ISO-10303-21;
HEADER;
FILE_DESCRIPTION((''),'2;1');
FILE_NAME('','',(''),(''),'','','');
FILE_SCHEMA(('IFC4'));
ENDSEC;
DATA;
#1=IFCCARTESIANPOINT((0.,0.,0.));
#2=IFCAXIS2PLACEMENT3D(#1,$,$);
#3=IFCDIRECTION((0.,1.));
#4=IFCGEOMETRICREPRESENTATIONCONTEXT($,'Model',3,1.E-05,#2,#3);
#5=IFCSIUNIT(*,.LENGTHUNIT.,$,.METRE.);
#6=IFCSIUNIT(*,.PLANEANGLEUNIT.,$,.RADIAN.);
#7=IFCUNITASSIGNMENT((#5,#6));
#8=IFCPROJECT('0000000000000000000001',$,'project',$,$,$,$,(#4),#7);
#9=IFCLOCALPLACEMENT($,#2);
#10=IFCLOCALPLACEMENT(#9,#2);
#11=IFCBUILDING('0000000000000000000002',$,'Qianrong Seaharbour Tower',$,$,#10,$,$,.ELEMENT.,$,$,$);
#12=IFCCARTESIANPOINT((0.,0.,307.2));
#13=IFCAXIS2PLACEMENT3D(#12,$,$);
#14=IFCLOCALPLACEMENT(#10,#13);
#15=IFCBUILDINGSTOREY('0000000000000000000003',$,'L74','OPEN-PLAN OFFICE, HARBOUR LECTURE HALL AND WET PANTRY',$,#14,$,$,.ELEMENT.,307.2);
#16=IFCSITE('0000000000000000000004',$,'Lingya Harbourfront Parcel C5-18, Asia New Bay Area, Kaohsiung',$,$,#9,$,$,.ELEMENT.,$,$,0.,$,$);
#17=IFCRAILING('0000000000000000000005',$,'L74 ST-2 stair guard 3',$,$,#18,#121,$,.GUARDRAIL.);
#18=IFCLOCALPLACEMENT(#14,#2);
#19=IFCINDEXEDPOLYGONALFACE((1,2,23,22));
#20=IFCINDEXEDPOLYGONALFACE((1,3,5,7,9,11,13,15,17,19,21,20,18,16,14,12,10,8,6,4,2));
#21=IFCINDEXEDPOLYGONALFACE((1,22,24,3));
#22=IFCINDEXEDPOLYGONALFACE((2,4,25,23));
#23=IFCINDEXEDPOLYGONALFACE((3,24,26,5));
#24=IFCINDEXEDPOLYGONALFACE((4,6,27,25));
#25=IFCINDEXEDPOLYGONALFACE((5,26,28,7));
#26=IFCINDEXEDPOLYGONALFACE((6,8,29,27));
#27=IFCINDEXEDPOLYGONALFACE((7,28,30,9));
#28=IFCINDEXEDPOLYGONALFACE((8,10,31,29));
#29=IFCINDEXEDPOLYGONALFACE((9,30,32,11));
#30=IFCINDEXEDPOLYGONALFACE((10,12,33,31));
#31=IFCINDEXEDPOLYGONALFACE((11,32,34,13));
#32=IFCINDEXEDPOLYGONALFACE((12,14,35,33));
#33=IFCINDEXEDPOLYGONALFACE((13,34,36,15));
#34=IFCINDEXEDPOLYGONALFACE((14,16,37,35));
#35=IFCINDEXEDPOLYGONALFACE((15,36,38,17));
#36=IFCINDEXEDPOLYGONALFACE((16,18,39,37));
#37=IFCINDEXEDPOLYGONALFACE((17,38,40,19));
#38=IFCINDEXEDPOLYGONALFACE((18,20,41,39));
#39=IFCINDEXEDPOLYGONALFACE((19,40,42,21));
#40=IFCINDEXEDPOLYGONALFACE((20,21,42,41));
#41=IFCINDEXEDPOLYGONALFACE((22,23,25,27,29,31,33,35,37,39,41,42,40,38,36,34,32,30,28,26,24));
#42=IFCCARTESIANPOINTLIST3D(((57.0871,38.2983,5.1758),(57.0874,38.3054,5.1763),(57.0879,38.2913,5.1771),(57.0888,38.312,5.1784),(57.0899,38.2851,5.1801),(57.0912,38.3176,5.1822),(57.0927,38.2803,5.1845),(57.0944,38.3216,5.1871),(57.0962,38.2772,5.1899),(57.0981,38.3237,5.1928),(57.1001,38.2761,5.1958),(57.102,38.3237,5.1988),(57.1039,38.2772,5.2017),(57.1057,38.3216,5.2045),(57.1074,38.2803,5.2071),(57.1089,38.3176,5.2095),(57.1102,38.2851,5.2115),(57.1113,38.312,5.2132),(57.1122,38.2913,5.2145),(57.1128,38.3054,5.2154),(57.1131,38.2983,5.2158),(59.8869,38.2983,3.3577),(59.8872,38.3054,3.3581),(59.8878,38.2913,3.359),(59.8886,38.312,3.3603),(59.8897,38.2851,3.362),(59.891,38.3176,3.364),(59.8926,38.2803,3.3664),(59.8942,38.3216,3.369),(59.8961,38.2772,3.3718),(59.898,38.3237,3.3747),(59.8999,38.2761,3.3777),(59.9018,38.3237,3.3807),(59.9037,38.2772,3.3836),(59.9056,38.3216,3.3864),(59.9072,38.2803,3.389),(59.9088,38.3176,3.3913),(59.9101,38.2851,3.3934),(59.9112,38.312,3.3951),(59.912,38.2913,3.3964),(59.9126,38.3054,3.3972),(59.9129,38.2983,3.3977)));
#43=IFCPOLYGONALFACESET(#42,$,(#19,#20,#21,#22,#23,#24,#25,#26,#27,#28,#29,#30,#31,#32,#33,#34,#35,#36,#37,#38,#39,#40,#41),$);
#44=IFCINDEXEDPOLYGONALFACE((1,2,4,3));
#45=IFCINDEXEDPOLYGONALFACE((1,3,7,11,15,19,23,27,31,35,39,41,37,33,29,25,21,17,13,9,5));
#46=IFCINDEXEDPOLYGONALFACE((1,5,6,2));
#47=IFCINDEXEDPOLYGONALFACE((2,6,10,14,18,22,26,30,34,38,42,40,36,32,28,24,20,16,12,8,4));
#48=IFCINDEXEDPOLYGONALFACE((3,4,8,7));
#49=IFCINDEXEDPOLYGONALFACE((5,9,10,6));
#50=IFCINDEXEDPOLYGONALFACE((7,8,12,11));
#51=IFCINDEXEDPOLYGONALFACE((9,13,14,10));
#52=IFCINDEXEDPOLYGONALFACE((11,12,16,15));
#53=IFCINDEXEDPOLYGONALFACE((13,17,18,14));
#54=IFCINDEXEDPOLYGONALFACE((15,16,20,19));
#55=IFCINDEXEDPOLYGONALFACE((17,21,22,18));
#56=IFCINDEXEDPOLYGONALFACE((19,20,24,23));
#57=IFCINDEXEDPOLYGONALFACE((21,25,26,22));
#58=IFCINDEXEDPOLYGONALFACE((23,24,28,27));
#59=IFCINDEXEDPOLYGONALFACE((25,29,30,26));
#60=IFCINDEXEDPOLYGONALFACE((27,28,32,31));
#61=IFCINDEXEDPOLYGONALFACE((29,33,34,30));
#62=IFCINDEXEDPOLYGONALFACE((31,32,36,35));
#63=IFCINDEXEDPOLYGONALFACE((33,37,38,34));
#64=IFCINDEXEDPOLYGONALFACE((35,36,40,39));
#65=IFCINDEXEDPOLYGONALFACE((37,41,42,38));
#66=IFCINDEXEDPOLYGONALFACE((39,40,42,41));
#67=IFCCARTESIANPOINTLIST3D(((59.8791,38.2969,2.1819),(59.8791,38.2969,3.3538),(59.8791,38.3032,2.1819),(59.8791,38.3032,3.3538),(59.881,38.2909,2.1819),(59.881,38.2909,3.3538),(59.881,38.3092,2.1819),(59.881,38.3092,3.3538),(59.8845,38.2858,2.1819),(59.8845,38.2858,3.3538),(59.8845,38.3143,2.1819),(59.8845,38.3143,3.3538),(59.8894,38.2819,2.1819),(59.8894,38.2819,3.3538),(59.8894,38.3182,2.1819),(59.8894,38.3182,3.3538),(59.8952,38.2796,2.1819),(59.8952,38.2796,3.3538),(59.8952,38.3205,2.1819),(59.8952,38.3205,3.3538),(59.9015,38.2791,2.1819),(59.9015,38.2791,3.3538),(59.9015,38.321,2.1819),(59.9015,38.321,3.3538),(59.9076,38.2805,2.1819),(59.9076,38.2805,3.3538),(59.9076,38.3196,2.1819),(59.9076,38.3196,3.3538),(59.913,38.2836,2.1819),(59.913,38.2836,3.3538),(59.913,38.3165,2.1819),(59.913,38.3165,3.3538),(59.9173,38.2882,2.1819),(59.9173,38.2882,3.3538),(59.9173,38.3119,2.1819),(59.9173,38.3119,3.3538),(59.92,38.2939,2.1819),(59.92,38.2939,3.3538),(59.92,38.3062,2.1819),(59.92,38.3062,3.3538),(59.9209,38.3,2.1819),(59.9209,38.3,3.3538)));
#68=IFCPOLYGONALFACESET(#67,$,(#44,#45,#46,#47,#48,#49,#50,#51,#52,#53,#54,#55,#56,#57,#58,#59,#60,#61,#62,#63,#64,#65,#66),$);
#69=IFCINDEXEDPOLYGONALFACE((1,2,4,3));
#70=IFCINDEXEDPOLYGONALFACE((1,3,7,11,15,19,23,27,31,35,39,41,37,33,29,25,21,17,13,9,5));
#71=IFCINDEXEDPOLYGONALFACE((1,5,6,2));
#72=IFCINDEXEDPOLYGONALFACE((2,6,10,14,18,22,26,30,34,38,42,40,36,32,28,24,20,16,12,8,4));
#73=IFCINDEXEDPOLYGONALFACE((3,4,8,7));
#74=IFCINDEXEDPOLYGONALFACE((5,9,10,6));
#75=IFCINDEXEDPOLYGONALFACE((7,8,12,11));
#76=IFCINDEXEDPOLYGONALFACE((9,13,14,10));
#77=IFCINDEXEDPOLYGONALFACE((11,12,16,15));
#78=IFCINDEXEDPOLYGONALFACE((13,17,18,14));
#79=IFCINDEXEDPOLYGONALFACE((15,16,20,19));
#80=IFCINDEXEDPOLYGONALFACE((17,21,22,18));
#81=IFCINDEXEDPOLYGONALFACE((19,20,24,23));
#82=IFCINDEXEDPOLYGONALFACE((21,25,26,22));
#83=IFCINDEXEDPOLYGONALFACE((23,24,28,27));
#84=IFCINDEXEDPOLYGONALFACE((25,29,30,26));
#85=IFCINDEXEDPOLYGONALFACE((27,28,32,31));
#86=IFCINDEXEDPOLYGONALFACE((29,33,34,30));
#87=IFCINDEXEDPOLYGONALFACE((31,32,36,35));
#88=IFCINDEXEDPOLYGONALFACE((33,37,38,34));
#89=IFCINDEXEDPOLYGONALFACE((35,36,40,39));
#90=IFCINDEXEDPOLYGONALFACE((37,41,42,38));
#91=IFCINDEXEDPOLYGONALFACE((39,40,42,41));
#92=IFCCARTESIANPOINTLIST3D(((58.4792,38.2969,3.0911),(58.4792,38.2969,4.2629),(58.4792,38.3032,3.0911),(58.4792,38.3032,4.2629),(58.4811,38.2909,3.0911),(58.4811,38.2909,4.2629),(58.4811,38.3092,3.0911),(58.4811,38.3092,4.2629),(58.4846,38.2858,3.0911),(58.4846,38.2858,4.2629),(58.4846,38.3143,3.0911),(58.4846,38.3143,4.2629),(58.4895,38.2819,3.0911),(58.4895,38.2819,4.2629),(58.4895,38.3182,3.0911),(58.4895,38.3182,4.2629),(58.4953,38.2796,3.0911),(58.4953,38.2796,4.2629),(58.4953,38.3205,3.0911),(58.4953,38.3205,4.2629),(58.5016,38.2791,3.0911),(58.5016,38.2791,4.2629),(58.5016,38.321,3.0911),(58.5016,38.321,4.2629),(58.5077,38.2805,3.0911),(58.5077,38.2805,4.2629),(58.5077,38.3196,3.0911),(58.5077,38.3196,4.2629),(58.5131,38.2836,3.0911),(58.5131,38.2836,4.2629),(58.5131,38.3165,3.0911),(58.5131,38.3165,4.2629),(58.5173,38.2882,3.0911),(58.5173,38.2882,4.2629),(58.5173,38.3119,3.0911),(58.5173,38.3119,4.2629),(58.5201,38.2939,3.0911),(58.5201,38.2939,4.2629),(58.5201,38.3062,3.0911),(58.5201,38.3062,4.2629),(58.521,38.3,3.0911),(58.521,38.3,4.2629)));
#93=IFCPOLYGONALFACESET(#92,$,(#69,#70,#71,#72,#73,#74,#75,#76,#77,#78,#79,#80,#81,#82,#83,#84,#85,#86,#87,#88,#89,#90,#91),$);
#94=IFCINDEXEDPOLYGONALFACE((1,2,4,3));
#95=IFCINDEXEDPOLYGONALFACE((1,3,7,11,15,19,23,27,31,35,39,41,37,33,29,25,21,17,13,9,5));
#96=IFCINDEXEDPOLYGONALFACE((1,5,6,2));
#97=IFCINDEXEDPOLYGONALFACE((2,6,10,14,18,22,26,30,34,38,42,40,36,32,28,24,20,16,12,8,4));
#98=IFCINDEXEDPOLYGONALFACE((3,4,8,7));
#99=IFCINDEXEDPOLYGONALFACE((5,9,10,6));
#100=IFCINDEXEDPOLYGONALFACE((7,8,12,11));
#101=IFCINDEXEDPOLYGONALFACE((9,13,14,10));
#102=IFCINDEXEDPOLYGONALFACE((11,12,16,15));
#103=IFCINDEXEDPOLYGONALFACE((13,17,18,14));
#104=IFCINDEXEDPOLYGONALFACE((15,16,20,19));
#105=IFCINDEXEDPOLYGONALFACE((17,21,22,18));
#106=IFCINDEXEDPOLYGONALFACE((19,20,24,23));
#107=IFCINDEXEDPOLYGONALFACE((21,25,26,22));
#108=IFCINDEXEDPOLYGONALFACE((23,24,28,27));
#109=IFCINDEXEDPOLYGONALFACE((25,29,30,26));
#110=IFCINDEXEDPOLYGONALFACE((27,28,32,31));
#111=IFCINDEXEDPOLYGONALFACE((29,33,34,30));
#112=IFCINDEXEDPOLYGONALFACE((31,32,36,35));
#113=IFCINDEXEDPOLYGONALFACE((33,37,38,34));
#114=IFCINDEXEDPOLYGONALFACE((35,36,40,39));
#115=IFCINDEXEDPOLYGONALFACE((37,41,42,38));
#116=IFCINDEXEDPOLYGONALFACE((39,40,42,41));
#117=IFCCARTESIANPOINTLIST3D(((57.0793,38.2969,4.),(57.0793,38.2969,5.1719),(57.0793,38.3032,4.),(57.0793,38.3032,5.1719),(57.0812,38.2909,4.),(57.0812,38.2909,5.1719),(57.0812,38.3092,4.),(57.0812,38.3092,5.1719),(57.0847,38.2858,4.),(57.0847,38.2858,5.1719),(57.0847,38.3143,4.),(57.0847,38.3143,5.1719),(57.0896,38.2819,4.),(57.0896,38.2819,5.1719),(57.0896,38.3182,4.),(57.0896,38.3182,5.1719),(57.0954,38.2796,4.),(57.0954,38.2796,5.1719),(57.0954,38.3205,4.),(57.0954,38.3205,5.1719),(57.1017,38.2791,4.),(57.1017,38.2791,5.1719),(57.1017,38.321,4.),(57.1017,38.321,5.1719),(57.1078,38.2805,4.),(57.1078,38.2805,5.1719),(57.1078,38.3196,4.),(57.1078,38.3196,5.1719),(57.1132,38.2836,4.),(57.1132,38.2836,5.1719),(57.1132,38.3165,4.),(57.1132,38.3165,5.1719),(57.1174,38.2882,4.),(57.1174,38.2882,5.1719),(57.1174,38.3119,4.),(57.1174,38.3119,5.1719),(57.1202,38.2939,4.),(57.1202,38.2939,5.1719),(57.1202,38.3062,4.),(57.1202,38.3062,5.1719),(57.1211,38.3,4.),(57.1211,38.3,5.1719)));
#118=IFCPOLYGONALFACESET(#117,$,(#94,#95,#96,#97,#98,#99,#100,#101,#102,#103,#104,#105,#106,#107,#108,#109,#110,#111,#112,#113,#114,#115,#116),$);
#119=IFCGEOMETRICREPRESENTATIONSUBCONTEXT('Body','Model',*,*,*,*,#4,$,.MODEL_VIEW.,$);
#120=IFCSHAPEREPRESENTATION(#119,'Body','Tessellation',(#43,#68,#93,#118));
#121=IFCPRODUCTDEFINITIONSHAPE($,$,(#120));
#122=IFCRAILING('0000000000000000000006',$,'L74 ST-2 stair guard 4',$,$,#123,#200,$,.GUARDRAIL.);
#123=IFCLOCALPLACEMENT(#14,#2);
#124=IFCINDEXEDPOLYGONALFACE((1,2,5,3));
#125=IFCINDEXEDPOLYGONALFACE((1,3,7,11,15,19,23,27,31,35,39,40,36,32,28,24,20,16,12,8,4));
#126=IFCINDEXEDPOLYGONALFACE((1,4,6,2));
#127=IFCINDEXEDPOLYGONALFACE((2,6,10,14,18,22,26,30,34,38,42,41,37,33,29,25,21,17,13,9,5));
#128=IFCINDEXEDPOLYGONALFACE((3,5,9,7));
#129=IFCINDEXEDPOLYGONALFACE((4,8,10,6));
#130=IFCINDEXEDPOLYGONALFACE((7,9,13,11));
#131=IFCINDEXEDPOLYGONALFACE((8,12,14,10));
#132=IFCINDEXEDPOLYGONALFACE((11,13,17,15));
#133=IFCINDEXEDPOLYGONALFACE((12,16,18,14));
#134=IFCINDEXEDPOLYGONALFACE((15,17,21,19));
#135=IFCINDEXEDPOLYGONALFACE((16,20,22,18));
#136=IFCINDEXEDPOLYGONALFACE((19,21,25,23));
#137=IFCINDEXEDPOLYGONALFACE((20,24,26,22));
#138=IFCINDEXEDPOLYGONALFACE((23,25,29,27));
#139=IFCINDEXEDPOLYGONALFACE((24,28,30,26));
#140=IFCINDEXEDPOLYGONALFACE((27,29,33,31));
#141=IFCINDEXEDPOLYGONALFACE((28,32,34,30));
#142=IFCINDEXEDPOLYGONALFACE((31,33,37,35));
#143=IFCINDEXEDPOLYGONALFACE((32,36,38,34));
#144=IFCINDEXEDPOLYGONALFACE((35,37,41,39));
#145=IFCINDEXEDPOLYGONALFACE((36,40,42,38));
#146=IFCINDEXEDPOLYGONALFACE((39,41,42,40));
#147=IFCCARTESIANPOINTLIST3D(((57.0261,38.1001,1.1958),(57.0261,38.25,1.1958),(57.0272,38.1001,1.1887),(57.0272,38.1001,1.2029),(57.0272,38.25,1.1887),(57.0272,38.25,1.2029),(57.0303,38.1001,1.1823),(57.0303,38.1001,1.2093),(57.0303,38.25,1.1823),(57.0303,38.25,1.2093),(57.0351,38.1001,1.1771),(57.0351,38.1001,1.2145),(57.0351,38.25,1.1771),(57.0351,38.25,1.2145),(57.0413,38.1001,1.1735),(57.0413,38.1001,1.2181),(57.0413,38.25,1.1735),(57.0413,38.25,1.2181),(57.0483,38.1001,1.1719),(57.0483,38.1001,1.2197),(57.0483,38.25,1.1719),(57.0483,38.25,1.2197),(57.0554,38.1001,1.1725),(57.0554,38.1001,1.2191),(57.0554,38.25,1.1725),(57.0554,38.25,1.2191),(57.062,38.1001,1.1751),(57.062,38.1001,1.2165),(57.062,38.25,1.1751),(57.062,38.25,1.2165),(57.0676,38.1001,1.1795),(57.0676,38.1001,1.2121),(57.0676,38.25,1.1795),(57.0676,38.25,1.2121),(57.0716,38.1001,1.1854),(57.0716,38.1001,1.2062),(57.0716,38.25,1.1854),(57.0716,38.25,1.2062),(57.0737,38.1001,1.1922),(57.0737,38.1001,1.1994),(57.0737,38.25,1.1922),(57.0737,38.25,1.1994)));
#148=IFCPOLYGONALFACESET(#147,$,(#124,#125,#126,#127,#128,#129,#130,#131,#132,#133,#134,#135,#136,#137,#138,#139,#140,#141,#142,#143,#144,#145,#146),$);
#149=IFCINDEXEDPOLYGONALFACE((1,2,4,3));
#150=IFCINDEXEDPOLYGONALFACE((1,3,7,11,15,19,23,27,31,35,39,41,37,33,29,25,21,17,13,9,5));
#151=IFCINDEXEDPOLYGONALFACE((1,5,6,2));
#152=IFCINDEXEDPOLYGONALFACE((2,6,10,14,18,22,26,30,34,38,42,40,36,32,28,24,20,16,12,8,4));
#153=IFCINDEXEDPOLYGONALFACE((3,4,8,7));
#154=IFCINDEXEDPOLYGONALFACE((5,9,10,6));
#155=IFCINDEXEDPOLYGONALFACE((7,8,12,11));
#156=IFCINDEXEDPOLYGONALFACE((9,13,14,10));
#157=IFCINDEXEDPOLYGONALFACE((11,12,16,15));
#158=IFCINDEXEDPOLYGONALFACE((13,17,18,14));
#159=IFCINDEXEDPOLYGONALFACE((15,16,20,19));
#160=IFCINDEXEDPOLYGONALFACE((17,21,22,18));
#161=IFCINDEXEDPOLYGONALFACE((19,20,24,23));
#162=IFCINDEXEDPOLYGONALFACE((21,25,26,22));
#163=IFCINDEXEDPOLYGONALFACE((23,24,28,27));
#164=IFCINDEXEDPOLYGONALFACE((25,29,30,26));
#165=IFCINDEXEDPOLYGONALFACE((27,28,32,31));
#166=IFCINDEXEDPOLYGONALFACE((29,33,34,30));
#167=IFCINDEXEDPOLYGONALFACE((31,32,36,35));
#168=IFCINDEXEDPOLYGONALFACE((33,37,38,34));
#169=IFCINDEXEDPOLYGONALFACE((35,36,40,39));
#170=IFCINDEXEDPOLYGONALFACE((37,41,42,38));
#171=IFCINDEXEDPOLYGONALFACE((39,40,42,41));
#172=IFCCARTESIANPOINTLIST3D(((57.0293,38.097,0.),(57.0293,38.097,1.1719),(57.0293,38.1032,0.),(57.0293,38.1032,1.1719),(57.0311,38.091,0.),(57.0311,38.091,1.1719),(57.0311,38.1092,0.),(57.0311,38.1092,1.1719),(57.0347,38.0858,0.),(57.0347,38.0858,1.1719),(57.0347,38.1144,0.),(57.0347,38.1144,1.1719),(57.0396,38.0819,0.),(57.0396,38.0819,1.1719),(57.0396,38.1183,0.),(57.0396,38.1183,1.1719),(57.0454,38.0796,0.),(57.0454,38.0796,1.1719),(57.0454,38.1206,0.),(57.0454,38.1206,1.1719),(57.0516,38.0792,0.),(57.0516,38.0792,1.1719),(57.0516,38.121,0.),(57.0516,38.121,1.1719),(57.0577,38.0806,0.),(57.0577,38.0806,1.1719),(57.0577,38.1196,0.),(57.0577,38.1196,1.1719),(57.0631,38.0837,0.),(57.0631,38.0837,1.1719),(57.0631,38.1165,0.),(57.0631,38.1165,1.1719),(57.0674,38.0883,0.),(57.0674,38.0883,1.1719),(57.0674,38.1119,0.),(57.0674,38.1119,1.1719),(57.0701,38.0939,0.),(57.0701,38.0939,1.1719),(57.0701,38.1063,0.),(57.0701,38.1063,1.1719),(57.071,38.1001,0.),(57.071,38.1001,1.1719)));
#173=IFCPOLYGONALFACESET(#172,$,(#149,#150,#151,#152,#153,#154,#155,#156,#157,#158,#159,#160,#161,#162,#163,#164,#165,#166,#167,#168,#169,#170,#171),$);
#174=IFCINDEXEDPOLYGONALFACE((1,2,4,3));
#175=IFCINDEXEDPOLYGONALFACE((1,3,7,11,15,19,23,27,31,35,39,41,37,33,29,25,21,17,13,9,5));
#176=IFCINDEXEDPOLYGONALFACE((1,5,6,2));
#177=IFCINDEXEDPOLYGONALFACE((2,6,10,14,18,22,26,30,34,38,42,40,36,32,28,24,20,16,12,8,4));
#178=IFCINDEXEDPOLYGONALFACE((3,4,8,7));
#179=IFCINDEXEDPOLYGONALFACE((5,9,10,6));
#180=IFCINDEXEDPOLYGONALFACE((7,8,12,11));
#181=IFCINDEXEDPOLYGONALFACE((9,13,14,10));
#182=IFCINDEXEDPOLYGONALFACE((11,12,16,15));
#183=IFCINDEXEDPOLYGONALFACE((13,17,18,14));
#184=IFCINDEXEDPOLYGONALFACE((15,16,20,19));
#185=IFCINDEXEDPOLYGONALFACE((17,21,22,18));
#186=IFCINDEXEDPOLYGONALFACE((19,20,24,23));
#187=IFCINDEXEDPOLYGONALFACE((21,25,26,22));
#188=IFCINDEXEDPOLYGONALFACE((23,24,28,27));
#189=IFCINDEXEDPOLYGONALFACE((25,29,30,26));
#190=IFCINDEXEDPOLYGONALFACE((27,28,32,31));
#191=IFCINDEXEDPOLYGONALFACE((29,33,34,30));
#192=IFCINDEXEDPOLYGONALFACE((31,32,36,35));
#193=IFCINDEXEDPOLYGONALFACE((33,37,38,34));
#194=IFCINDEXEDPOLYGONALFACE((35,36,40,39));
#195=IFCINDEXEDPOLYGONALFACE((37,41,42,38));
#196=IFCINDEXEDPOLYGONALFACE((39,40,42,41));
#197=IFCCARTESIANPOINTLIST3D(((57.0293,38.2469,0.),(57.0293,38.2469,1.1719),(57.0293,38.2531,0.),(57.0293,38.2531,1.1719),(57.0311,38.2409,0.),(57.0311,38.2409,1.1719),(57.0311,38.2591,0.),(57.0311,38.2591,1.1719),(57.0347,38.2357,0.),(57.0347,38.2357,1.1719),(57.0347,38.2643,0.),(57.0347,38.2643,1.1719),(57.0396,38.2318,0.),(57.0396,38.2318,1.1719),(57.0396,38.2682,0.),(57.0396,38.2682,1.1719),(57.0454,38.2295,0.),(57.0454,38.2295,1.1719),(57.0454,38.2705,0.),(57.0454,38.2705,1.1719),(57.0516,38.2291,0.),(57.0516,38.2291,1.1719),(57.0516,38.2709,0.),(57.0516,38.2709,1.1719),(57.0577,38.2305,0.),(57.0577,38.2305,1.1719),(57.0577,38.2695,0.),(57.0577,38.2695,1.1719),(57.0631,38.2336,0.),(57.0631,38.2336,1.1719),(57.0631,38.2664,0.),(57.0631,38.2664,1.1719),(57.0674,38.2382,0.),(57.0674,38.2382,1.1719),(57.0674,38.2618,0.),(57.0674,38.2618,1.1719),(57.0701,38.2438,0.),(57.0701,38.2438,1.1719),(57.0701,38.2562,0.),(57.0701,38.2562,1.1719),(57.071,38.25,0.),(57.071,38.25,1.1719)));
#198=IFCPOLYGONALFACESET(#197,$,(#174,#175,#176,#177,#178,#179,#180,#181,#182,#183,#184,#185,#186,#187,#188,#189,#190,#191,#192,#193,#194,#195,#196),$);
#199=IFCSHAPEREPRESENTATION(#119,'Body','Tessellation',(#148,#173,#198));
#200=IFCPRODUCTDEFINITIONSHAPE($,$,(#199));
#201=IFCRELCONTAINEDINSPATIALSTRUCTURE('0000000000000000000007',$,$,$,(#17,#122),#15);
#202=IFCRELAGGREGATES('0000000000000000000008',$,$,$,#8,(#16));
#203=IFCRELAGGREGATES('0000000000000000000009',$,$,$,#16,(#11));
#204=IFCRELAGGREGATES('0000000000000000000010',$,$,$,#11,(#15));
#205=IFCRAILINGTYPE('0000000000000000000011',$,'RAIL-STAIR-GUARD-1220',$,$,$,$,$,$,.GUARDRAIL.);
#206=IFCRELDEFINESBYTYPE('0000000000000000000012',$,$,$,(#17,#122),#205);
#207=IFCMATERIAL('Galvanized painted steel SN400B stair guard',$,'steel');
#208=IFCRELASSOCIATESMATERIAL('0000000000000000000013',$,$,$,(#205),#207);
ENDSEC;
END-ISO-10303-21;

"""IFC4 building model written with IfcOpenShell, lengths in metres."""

from ifc_helpers import new_model, si_unit, direction, frame, origin, origin_2d, place, context, subcontext, project, spatial, circle, extrude, material, type_object, element, save


model = new_model("IFC4")

# Units and contexts
model_context = context("Model", 3, precision=1e-05, world=origin(), true_north=direction((0.0, 1.0)))
body_context = subcontext(model_context, "Body", "Model", "MODEL_VIEW")
ifc_project = project(units=[si_unit("LENGTHUNIT", "METRE"), si_unit("PLANEANGLEUNIT", "RADIAN")], contexts=[model_context])

# Site, building, storey
site_placement = place(None, origin())
site = spatial("IfcSite", under=ifc_project, at=site_placement, Name="Lingya Harbourfront Parcel C5-18, Asia New Bay Area, Kaohsiung", CompositionType="ELEMENT", RefElevation=0.0)
building_placement = place(site_placement, origin())
building = spatial("IfcBuilding", under=site, at=building_placement, Name="Qianrong Seaharbour Tower", CompositionType="ELEMENT")
storey_placement = place(building_placement, frame((0.0, 0.0, 307.2)))
storey = spatial("IfcBuildingStorey", under=building, at=storey_placement, Name="L74", Description="OPEN-PLAN OFFICE, HARBOUR LECTURE HALL AND WET PANTRY", CompositionType="ELEMENT", Elevation=307.2)

# Railings
ifc_material_1 = material(Name="Galvanized painted steel SN400B stair guard", Category="steel")
railing_type_1 = type_object("IfcRailingType", Name="RAIL-STAIR-GUARD-1220", PredefinedType="GUARDRAIL", material=ifc_material_1)
railing_1_placement = place(storey_placement, frame((59.8999, 38.3, 2.1819)))
element("IfcRailing", 1, at=railing_1_placement, inside=storey, type_object=railing_type_1, Name="L74 ST-2 stair guard 3", PredefinedType="GUARDRAIL", context=body_context, shape_type="SweptSolid", body=[
    extrude(circle(Radius=0.0239, at=origin_2d()), frame((0.0, 0.0, 1.1958), z_axis=(-0.838684, 0.0, 0.544618), x_axis=(0.0, -1.0, 0.0)), (0.0, 0.0, 1.0), 3.3384),
    extrude(circle(Radius=0.021, at=origin_2d()), origin(), (0.0, 0.0, 1.0), 1.1719),
    extrude(circle(Radius=0.021, at=origin_2d()), frame((-1.3999, 0.0, 0.9092)), (0.0, 0.0, 1.0), 1.1719),
    extrude(circle(Radius=0.021, at=origin_2d()), frame((-2.7998, 0.0, 1.8181)), (0.0, 0.0, 1.0), 1.1719),
])
railing_2_placement = place(storey_placement, frame((57.05, 38.1001, 0.0)))
element("IfcRailing", 2, at=railing_2_placement, inside=storey, type_object=railing_type_1, Name="L74 ST-2 stair guard 4", PredefinedType="GUARDRAIL", context=body_context, shape_type="SweptSolid", body=[
    extrude(circle(Radius=0.0239, at=origin_2d()), frame((0.0, 0.0, 1.1958), z_axis=(0.0, 1.0, 0.0), x_axis=(-1.0, 0.0, 0.0)), (0.0, 0.0, 1.0), 0.1499),
    extrude(circle(Radius=0.021, at=origin_2d()), origin(), (0.0, 0.0, 1.0), 1.1719),
    extrude(circle(Radius=0.021, at=origin_2d()), frame((0.0, 0.1499, 0.0)), (0.0, 0.0, 1.0), 1.1719),
])

save(model, "model.ifc")
